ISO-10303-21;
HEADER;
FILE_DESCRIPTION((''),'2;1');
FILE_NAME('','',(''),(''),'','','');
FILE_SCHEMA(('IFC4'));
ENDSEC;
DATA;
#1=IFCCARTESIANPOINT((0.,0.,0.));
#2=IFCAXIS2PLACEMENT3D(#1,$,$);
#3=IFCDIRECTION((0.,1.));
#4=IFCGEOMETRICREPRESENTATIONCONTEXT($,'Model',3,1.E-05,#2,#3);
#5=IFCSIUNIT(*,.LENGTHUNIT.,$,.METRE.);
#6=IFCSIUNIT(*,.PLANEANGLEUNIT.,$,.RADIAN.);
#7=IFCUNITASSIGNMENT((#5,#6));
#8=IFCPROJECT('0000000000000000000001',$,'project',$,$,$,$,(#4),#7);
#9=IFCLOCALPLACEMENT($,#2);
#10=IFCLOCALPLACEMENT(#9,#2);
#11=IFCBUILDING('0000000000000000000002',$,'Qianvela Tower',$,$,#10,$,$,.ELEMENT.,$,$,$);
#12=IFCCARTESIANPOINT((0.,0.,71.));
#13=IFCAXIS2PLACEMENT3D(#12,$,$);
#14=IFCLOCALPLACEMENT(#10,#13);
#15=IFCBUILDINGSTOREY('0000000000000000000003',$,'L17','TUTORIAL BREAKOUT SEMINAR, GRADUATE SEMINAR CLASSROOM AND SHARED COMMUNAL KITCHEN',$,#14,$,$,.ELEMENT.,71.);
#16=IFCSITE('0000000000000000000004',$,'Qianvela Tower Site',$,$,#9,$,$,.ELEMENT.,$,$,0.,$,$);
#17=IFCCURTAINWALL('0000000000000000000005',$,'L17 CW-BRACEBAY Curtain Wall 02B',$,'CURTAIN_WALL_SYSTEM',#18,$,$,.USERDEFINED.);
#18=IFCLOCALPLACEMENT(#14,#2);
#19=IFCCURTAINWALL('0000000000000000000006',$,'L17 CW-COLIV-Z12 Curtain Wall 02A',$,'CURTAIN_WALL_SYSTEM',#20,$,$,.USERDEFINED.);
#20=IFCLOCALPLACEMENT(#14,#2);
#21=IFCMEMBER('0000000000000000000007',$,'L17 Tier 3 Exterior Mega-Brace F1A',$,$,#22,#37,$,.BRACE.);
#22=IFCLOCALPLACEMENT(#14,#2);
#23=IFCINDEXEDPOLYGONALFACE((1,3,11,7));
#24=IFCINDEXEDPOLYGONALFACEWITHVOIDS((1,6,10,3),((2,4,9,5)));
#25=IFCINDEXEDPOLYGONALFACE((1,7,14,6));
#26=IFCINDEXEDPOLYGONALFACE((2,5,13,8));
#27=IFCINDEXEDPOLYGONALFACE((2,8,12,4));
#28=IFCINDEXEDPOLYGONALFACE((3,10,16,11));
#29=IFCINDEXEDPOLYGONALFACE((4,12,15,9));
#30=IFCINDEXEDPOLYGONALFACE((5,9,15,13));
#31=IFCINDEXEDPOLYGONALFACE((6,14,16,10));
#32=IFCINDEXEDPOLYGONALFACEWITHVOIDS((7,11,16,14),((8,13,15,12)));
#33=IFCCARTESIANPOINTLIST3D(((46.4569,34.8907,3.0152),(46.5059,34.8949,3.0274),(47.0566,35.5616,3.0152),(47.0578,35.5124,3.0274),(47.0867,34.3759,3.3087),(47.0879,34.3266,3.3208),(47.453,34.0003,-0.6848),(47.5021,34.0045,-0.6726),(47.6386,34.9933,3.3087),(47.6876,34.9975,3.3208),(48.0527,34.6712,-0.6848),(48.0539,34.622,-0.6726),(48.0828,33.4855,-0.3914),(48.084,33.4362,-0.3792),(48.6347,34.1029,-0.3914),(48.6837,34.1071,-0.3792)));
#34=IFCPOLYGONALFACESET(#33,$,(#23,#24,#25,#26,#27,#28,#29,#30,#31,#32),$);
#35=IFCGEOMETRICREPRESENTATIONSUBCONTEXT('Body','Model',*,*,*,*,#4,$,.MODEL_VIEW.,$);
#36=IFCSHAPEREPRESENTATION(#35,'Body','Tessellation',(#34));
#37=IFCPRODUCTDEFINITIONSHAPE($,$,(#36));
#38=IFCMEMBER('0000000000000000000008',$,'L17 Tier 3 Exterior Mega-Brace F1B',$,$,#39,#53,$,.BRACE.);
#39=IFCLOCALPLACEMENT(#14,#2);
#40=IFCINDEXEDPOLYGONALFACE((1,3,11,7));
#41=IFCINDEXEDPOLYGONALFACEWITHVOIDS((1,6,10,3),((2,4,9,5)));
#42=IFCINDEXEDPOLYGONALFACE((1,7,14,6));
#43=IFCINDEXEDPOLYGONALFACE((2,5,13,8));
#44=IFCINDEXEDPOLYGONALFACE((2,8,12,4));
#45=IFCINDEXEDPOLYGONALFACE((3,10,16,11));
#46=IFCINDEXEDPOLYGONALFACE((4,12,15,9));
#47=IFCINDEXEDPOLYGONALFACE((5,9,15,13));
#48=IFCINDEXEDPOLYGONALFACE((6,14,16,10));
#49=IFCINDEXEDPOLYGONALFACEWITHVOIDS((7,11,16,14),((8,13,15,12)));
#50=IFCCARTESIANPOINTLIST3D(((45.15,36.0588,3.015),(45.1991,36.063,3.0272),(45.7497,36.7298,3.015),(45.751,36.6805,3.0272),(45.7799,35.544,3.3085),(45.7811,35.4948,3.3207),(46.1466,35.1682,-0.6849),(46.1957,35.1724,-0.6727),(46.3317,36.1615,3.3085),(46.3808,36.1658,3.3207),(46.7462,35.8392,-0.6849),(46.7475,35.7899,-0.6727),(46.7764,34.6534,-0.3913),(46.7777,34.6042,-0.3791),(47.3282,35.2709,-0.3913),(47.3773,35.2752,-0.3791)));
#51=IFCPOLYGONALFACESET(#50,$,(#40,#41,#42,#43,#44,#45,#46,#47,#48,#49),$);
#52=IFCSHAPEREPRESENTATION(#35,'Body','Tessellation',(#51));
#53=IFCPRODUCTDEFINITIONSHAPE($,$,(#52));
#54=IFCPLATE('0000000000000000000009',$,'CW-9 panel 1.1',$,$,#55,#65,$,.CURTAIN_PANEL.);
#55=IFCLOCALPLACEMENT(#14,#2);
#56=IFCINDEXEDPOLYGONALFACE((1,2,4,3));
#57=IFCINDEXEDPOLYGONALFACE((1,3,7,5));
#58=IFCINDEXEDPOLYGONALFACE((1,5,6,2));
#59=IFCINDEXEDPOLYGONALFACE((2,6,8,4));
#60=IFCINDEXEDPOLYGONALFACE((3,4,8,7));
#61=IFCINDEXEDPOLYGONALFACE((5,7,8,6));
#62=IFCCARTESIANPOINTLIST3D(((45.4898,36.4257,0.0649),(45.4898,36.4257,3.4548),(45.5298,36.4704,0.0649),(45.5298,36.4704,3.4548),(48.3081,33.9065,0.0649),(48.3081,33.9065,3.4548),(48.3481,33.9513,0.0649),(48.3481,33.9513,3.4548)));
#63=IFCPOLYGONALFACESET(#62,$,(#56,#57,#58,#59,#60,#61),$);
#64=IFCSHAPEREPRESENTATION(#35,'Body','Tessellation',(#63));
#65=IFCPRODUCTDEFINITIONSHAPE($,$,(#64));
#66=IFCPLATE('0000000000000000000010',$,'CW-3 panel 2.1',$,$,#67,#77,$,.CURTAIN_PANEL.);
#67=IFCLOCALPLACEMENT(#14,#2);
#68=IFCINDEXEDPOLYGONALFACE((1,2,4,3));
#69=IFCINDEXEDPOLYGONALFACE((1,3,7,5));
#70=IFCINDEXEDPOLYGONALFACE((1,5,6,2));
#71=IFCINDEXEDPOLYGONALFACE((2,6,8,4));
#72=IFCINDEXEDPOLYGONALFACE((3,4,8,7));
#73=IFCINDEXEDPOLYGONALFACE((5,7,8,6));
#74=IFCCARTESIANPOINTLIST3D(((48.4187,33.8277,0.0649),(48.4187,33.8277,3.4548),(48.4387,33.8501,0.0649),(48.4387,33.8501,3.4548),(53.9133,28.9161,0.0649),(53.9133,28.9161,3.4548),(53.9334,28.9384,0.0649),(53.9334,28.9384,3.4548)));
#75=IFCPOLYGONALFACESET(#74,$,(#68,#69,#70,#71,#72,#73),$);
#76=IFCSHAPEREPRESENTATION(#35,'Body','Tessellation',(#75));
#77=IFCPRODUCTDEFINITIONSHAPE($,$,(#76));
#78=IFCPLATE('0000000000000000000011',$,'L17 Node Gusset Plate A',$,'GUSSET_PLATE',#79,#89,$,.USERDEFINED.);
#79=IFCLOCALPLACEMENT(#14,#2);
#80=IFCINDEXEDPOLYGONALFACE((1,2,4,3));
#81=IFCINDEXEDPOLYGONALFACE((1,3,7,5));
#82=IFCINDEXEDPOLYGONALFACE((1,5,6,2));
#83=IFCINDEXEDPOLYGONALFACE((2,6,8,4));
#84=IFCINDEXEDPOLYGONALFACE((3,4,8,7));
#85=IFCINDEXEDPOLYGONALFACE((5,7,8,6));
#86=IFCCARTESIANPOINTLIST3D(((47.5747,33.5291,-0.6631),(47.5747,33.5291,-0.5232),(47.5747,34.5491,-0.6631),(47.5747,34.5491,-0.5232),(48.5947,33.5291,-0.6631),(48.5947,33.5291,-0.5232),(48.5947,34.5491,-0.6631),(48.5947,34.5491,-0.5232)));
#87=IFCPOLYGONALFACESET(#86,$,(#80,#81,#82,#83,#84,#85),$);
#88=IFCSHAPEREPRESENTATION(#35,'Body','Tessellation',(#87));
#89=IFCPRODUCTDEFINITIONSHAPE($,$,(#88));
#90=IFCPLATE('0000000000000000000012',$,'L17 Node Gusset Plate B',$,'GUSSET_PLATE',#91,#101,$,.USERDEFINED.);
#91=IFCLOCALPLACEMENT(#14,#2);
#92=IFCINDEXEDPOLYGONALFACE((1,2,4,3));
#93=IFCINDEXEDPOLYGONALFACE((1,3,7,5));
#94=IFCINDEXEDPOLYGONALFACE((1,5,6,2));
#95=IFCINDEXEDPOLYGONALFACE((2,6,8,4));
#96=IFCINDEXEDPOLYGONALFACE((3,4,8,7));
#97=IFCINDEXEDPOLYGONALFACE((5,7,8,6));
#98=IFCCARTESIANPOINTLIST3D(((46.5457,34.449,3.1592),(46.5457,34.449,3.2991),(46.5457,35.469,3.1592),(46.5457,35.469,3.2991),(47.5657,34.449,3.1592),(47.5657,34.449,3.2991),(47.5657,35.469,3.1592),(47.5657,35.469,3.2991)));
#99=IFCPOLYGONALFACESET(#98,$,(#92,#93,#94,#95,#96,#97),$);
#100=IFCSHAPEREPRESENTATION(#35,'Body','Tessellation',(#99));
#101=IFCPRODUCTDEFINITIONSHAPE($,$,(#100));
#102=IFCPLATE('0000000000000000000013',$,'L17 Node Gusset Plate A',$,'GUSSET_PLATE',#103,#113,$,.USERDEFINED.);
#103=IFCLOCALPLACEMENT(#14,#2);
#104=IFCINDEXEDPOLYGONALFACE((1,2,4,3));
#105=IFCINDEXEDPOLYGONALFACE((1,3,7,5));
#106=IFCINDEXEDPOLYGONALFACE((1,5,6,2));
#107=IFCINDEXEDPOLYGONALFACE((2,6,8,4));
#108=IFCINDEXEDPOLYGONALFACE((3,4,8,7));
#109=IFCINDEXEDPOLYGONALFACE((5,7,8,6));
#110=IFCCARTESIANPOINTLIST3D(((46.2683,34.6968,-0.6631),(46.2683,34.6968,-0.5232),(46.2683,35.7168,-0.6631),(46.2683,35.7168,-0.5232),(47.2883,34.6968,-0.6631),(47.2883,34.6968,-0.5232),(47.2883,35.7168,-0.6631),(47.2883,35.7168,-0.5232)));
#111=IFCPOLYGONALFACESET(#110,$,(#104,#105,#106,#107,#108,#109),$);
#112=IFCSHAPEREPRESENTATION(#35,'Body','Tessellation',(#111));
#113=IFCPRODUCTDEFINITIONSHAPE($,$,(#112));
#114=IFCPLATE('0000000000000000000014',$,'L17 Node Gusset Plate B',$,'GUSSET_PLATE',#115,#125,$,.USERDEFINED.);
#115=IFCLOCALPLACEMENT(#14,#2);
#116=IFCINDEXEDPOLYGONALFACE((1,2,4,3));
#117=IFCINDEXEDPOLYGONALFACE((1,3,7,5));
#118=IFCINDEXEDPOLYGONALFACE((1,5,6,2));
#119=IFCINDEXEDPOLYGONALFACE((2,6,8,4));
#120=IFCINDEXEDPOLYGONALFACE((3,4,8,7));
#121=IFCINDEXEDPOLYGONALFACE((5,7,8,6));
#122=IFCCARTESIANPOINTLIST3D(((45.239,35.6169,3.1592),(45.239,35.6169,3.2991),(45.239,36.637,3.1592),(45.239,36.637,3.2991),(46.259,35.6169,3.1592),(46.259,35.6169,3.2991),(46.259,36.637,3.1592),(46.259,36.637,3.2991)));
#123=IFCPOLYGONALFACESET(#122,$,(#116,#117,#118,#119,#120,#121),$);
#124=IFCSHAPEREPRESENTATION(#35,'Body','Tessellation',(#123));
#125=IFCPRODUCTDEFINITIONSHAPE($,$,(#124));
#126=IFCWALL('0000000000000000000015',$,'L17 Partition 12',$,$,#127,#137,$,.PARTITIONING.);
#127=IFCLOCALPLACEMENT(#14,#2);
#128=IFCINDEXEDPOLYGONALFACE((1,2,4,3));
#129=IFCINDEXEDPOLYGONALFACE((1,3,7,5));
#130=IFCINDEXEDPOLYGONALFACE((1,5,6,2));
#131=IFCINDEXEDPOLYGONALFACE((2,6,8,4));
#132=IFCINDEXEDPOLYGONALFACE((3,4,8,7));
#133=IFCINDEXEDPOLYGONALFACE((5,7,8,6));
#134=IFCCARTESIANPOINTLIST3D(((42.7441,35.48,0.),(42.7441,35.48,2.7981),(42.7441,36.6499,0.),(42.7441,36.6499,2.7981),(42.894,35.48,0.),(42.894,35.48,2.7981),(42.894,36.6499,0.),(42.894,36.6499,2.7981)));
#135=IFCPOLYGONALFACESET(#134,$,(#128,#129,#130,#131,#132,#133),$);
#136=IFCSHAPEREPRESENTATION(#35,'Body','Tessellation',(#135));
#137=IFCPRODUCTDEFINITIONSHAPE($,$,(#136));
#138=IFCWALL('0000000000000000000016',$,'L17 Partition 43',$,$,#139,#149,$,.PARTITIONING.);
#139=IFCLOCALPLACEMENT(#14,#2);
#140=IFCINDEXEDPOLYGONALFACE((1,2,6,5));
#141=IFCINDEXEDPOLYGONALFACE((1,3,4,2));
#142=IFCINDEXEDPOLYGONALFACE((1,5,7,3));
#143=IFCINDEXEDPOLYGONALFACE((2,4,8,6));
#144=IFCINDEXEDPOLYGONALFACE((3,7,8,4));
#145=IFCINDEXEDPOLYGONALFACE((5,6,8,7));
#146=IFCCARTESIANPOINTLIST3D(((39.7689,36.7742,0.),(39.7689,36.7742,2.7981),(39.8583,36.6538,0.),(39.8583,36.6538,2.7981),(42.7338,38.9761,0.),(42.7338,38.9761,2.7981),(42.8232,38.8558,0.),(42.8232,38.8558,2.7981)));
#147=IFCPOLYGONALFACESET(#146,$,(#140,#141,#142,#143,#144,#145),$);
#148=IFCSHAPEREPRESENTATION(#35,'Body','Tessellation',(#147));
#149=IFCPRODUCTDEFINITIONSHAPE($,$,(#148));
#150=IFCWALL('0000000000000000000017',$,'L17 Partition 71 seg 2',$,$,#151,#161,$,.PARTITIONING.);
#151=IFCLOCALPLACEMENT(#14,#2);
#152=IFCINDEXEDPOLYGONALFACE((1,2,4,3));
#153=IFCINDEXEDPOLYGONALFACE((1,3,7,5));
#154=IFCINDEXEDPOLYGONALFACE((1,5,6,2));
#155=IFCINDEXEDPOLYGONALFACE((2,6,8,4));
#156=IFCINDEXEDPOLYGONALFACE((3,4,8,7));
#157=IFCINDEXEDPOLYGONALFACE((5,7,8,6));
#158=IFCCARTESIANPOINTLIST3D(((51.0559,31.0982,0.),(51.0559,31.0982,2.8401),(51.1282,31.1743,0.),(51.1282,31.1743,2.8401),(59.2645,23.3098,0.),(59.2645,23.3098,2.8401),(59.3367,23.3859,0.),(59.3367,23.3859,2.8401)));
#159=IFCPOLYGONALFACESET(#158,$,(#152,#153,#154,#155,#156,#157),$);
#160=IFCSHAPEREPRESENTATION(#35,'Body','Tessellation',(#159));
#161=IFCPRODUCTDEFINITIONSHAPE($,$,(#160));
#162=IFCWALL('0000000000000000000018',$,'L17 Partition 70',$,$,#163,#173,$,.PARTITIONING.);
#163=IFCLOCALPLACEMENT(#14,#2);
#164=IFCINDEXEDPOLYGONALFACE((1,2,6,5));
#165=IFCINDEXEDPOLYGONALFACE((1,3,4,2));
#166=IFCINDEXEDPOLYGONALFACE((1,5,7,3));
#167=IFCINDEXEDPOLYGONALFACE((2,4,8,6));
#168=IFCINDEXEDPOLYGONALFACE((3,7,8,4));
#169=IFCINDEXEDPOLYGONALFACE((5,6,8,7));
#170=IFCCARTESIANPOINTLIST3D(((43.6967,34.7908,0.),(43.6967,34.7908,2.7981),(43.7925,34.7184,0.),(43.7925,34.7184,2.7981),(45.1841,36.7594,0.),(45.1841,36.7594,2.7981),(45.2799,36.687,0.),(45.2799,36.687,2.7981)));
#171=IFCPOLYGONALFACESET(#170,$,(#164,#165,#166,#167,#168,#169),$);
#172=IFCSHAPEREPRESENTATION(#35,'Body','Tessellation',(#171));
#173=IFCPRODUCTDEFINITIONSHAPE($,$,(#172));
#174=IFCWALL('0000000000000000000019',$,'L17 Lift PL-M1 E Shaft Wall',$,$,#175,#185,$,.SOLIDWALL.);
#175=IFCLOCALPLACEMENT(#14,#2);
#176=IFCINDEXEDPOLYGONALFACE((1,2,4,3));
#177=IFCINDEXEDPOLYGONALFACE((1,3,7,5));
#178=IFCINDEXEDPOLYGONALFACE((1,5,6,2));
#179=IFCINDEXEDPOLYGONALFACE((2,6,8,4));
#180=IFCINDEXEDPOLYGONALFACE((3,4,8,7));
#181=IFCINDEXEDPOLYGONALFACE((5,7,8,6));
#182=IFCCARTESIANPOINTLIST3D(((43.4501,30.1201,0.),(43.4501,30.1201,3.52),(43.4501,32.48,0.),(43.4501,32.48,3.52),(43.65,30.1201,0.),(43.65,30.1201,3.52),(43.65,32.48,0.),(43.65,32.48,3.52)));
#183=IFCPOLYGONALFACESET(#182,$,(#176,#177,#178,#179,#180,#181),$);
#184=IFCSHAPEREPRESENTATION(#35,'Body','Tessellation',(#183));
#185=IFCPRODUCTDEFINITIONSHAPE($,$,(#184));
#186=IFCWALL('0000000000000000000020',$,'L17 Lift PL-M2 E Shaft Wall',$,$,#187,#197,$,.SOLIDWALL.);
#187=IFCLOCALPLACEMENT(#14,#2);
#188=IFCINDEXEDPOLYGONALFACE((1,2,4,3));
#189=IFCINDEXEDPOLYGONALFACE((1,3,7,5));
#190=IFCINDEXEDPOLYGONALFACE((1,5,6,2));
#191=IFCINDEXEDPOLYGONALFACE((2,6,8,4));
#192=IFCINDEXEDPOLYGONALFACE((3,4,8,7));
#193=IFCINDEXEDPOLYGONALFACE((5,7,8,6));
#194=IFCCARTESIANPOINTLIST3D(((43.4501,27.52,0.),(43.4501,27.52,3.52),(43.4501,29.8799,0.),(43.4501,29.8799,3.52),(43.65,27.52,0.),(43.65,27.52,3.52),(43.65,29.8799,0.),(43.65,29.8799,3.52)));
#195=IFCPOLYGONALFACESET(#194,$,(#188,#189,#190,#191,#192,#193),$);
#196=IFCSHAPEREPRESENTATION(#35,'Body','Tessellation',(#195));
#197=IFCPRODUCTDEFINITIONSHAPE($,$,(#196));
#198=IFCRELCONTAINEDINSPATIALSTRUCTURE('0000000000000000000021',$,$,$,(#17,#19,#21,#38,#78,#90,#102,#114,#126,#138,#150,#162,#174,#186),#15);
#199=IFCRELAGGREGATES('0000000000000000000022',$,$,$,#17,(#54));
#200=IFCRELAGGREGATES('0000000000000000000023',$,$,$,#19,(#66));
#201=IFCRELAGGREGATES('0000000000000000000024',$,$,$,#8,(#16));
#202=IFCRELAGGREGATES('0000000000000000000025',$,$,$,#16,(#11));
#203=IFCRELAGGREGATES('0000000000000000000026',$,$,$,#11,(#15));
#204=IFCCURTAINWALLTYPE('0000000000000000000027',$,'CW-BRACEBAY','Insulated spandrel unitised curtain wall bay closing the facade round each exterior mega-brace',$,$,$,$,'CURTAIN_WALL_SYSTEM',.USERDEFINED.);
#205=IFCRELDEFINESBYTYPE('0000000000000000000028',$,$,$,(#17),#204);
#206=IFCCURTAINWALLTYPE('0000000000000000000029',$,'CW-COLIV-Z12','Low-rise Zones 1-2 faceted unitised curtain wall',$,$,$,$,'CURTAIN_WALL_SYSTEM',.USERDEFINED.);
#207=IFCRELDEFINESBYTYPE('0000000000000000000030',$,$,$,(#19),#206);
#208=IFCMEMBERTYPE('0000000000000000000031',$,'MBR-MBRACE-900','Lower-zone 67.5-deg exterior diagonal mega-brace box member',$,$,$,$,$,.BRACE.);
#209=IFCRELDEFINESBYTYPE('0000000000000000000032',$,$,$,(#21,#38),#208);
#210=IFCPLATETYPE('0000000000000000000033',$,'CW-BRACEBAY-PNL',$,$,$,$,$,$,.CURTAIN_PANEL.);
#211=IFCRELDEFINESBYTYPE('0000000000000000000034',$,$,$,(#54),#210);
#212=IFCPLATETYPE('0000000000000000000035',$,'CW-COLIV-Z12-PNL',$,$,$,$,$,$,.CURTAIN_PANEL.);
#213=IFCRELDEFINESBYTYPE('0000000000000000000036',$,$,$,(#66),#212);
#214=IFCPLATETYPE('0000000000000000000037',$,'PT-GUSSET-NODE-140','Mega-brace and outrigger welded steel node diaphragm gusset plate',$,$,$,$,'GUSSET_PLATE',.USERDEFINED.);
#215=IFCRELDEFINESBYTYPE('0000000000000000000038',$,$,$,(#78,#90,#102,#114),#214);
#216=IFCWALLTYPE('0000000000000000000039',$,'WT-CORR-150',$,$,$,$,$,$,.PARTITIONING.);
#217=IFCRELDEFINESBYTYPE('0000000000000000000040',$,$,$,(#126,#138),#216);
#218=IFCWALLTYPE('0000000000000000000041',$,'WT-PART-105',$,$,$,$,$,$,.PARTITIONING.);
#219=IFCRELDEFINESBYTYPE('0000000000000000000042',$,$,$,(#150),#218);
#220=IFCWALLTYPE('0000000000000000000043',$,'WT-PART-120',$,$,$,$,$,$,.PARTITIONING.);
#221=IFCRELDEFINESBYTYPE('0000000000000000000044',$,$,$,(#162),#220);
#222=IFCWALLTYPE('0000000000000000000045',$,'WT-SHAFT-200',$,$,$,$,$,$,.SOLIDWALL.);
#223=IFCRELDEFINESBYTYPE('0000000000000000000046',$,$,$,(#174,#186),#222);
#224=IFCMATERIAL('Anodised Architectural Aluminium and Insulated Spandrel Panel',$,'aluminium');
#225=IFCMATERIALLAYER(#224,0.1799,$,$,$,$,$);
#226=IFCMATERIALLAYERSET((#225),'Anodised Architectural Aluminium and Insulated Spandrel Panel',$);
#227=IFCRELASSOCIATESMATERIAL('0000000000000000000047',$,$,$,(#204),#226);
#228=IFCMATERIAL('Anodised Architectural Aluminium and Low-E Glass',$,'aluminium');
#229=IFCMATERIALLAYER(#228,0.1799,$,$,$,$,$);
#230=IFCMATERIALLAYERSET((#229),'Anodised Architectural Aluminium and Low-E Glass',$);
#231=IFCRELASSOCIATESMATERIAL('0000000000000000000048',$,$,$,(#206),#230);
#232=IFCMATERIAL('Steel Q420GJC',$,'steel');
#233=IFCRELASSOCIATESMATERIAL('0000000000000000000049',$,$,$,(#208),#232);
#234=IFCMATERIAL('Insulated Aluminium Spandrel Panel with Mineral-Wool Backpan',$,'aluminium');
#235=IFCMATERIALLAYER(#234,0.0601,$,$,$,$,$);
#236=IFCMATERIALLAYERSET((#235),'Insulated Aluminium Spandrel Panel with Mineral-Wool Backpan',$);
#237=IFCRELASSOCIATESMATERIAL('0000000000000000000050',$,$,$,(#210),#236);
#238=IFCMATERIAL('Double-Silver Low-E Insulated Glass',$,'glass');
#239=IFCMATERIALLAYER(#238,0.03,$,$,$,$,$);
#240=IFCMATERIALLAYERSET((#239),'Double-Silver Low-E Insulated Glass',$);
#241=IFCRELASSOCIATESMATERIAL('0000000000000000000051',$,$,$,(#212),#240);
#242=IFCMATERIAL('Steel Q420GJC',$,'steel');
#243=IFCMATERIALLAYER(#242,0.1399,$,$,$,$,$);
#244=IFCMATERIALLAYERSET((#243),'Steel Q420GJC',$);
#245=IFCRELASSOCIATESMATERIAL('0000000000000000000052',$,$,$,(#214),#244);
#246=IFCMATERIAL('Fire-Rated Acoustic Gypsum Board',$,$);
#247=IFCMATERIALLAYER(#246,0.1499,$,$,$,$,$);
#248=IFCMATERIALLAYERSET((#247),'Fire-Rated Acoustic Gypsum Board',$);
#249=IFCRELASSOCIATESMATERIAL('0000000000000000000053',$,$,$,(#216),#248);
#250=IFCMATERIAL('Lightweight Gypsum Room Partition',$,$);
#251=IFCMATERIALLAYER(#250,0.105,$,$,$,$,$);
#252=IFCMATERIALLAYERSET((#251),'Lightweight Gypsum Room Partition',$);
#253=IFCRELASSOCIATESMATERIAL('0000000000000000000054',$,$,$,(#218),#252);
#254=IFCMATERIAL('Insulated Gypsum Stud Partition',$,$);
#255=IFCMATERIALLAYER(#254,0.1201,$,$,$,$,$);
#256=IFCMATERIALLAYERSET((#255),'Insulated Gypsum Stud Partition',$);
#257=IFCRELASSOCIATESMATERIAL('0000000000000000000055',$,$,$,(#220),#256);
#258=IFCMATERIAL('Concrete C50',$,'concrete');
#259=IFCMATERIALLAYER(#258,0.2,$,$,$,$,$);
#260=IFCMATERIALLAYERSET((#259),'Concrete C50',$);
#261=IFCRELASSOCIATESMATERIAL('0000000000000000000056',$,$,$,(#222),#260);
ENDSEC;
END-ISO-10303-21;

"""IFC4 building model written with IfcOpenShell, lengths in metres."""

from ifc_helpers import new_model, si_unit, direction, frame, frame_2d, origin, origin_2d, place, context, subcontext, project, spatial, rectangle, hollow_rectangle, extrude, material, layer, layer_set, material_profile, profile_set, type_object, element, aggregate, save


model = new_model("IFC4")

# Units and contexts
model_context = context("Model", 3, precision=1e-05, world=origin(), true_north=direction((0.0, 1.0)))
body_context = subcontext(model_context, "Body", "Model", "MODEL_VIEW")
ifc_project = project(units=[si_unit("LENGTHUNIT", "METRE"), si_unit("PLANEANGLEUNIT", "RADIAN")], contexts=[model_context])

# Site, building, storey
site_placement = place(None, origin())
site = spatial("IfcSite", under=ifc_project, at=site_placement, Name="Qianvela Tower Site", CompositionType="ELEMENT", RefElevation=0.0)
building_placement = place(site_placement, origin())
building = spatial("IfcBuilding", under=site, at=building_placement, Name="Qianvela Tower", CompositionType="ELEMENT")
storey_placement = place(building_placement, frame((0.0, 0.0, 71.0)))
storey = spatial("IfcBuildingStorey", under=building, at=storey_placement, Name="L17", Description="TUTORIAL BREAKOUT SEMINAR, GRADUATE SEMINAR CLASSROOM AND SHARED COMMUNAL KITCHEN", CompositionType="ELEMENT", Elevation=71.0)

# Curtain walls
ifc_material_1 = material(Name="Anodised Architectural Aluminium and Insulated Spandrel Panel", Category="aluminium")
ifc_layer_1 = layer(ifc_material_1, 0.1799)
ifc_layer_set_1 = layer_set([ifc_layer_1], Name="Anodised Architectural Aluminium and Insulated Spandrel Panel")
curtain_wall_type_1 = type_object("IfcCurtainWallType", Name="CW-BRACEBAY", Description="Insulated spandrel unitised curtain wall bay closing the facade round each exterior mega-brace", ElementType="CURTAIN_WALL_SYSTEM", PredefinedType="USERDEFINED", material=ifc_layer_set_1)
curtain_wall_1_placement = place(storey_placement, origin())
curtain_wall_1 = element("IfcCurtainWall", 1, at=curtain_wall_1_placement, inside=storey, type_object=curtain_wall_type_1, Name="L17 CW-BRACEBAY Curtain Wall 02B", ObjectType="CURTAIN_WALL_SYSTEM", PredefinedType="USERDEFINED")
ifc_material_2 = material(Name="Anodised Architectural Aluminium and Low-E Glass", Category="aluminium")
ifc_layer_2 = layer(ifc_material_2, 0.1799)
ifc_layer_set_2 = layer_set([ifc_layer_2], Name="Anodised Architectural Aluminium and Low-E Glass")
curtain_wall_type_2 = type_object("IfcCurtainWallType", Name="CW-COLIV-Z12", Description="Low-rise Zones 1-2 faceted unitised curtain wall", ElementType="CURTAIN_WALL_SYSTEM", PredefinedType="USERDEFINED", material=ifc_layer_set_2)
curtain_wall_2_placement = place(storey_placement, origin())
curtain_wall_2 = element("IfcCurtainWall", 2, at=curtain_wall_2_placement, inside=storey, type_object=curtain_wall_type_2, Name="L17 CW-COLIV-Z12 Curtain Wall 02A", ObjectType="CURTAIN_WALL_SYSTEM", PredefinedType="USERDEFINED")

# Members
ifc_material_3 = material(Name="Steel Q420GJC", Category="steel")
ifc_material_profile_1 = material_profile(ifc_material_3, hollow_rectangle(XDim=0.8999, YDim=0.8999, WallThickness=0.0359, at=origin_2d()), Name="MBOX-900x900x36")
ifc_profile_set_1 = profile_set([ifc_material_profile_1], Name="Steel Q420GJC")
member_type_1 = type_object("IfcMemberType", Name="MBR-MBRACE-900", Description="Lower-zone 67.5-deg exterior diagonal mega-brace box member", PredefinedType="BRACE", material=ifc_profile_set_1)
for number, where, z_axis, x_axis, name in (
    (3, (48.0684, 34.0537, -0.532), (-0.253215, 0.226342, 0.940559), (-0.666437, -0.745561, 0.0), "L17 Tier 3 Exterior Mega-Brace F1A"),
    (4, (46.762, 35.2217, -0.532), (-0.253328, 0.226394, 0.940516), (-0.666357, -0.745633, 0.0), "L17 Tier 3 Exterior Mega-Brace F1B"),
):
    element("IfcMember", number, at=place(storey_placement, frame(where, z_axis=z_axis, x_axis=x_axis)), inside=storey, type_object=member_type_1, Name=name, PredefinedType="BRACE", context=body_context, shape_type="SweptSolid", body=[
        extrude(hollow_rectangle(XDim=0.8999, YDim=0.8999, WallThickness=0.0359, at=origin_2d()), origin(), (0.0, 0.0, 1.0), 3.9338),
    ])

# Plates
ifc_material_4 = material(Name="Insulated Aluminium Spandrel Panel with Mineral-Wool Backpan", Category="aluminium")
ifc_layer_3 = layer(ifc_material_4, 0.0601)
ifc_layer_set_3 = layer_set([ifc_layer_3], Name="Insulated Aluminium Spandrel Panel with Mineral-Wool Backpan")
plate_type_1 = type_object("IfcPlateType", Name="CW-BRACEBAY-PNL", PredefinedType="CURTAIN_PANEL", material=ifc_layer_set_3)
plate_1_placement = place(storey_placement, frame((46.9189, 35.1885, 0.0649), z_axis=(0.0, 0.0, 1.0), x_axis=(-0.745564, 0.666434, 0.0)))
plate_1 = element("IfcPlate", 5, at=plate_1_placement, type_object=plate_type_1, Name="CW-9 panel 1.1", PredefinedType="CURTAIN_PANEL", context=body_context, shape_type="SweptSolid", body=[
    extrude(rectangle(XDim=3.78, YDim=0.0601, at=origin_2d()), origin(), (0.0, 0.0, 1.0), 3.3899),
])
aggregate(curtain_wall_1, [plate_1])
ifc_material_5 = material(Name="Double-Silver Low-E Insulated Glass", Category="glass")
ifc_layer_4 = layer(ifc_material_5, 0.03)
ifc_layer_set_4 = layer_set([ifc_layer_4], Name="Double-Silver Low-E Insulated Glass")
plate_type_2 = type_object("IfcPlateType", Name="CW-COLIV-Z12-PNL", PredefinedType="CURTAIN_PANEL", material=ifc_layer_set_4)
plate_2_placement = place(storey_placement, frame((51.176, 31.3831, 0.0649), z_axis=(0.0, 0.0, 1.0), x_axis=(-0.745555, 0.666444, 0.0)))
plate_2 = element("IfcPlate", 6, at=plate_2_placement, type_object=plate_type_2, Name="CW-3 panel 2.1", PredefinedType="CURTAIN_PANEL", context=body_context, shape_type="SweptSolid", body=[
    extrude(rectangle(XDim=7.3699, YDim=0.03, at=origin_2d()), origin(), (0.0, 0.0, 1.0), 3.3899),
])
aggregate(curtain_wall_2, [plate_2])

# Plates
ifc_material_6 = material(Name="Steel Q420GJC", Category="steel")
ifc_layer_5 = layer(ifc_material_6, 0.1399)
ifc_layer_set_5 = layer_set([ifc_layer_5], Name="Steel Q420GJC")
plate_type_3 = type_object("IfcPlateType", Name="PT-GUSSET-NODE-140", Description="Mega-brace and outrigger welded steel node diaphragm gusset plate", ElementType="GUSSET_PLATE", PredefinedType="USERDEFINED", material=ifc_layer_set_5)
for number, where, z_axis, x_axis, name in (
    (7, (48.0847, 34.0391, -0.6631), (0.0, 0.0, 1.0), (1.0, 0.0, 0.0), "L17 Node Gusset Plate A"),
    (8, (47.0557, 34.959, 3.1592), (0.0, 0.0, 1.0), (1.0, 0.0, 0.0), "L17 Node Gusset Plate B"),
    (9, (46.7783, 35.2068, -0.6631), (0.0, 0.0, 1.0), (1.0, 0.0, 0.0), "L17 Node Gusset Plate A"),
    (10, (45.749, 36.127, 3.1592), (0.0, 0.0, 1.0), (1.0, 0.0, 0.0), "L17 Node Gusset Plate B"),
):
    element("IfcPlate", number, at=place(storey_placement, frame(where, z_axis=z_axis, x_axis=x_axis)), inside=storey, type_object=plate_type_3, Name=name, ObjectType="GUSSET_PLATE", PredefinedType="USERDEFINED", context=body_context, shape_type="SweptSolid", body=[
        extrude(rectangle(XDim=1.02, YDim=1.02, at=origin_2d()), origin(), (0.0, 0.0, 1.0), 0.1399),
    ])

# Walls
ifc_material_7 = material(Name="Fire-Rated Acoustic Gypsum Board")
ifc_layer_6 = layer(ifc_material_7, 0.1499)
ifc_layer_set_6 = layer_set([ifc_layer_6], Name="Fire-Rated Acoustic Gypsum Board")
wall_type_1 = type_object("IfcWallType", Name="WT-CORR-150", PredefinedType="PARTITIONING", material=ifc_layer_set_6)
wall_1_placement = place(storey_placement, frame((42.8191, 36.6499, 0.0), z_axis=(0.0, 0.0, 1.0), x_axis=(0.0, -1.0, 0.0)))
element("IfcWall", 11, at=wall_1_placement, inside=storey, type_object=wall_type_1, Name="L17 Partition 12", PredefinedType="PARTITIONING", context=body_context, shape_type="SweptSolid", body=[
    extrude(rectangle(XDim=1.1699, YDim=0.1499, at=frame_2d((0.585, 0.0))), origin(), (0.0, 0.0, 1.0), 2.7981),
])
wall_2_placement = place(storey_placement, frame((42.7786, 38.916, 0.0), z_axis=(0.0, 0.0, 1.0), x_axis=(-0.802815, -0.596228, 0.0)))
element("IfcWall", 12, at=wall_2_placement, inside=storey, type_object=wall_type_1, Name="L17 Partition 43", PredefinedType="PARTITIONING", context=body_context, shape_type="SweptSolid", body=[
    extrude(rectangle(XDim=3.6931, YDim=0.1499, at=frame_2d((1.8467, 0.0))), origin(), (0.0, 0.0, 1.0), 2.7981),
])
ifc_material_8 = material(Name="Lightweight Gypsum Room Partition")
ifc_layer_7 = layer(ifc_material_8, 0.105)
ifc_layer_set_7 = layer_set([ifc_layer_7], Name="Lightweight Gypsum Room Partition")
wall_type_2 = type_object("IfcWallType", Name="WT-PART-105", PredefinedType="PARTITIONING", material=ifc_layer_set_7)
wall_3_placement = place(storey_placement, frame((51.092, 31.1362, 0.0), z_axis=(0.0, 0.0, 1.0), x_axis=(0.725429, -0.688297, 0.0)))
element("IfcWall", 13, at=wall_3_placement, inside=storey, type_object=wall_type_2, Name="L17 Partition 71 seg 2", PredefinedType="PARTITIONING", context=body_context, shape_type="SweptSolid", body=[
    extrude(rectangle(XDim=11.3154, YDim=0.105, at=frame_2d((5.6577, 0.0))), origin(), (0.0, 0.0, 1.0), 2.8401),
])
ifc_material_9 = material(Name="Insulated Gypsum Stud Partition")
ifc_layer_8 = layer(ifc_material_9, 0.1201)
ifc_layer_set_8 = layer_set([ifc_layer_8], Name="Insulated Gypsum Stud Partition")
wall_type_3 = type_object("IfcWallType", Name="WT-PART-120", PredefinedType="PARTITIONING", material=ifc_layer_set_8)
wall_4_placement = place(storey_placement, frame((43.7446, 34.7546, 0.0), z_axis=(0.0, 0.0, 1.0), x_axis=(0.60283, 0.797869, 0.0)))
element("IfcWall", 14, at=wall_4_placement, inside=storey, type_object=wall_type_3, Name="L17 Partition 70", PredefinedType="PARTITIONING", context=body_context, shape_type="SweptSolid", body=[
    extrude(rectangle(XDim=2.4673, YDim=0.1201, at=frame_2d((1.2336, 0.0))), origin(), (0.0, 0.0, 1.0), 2.7981),
])
ifc_material_10 = material(Name="Concrete C50", Category="concrete")
ifc_layer_9 = layer(ifc_material_10, 0.2)
ifc_layer_set_9 = layer_set([ifc_layer_9], Name="Concrete C50")
wall_type_4 = type_object("IfcWallType", Name="WT-SHAFT-200", PredefinedType="SOLIDWALL", material=ifc_layer_set_9)
for number, where, z_axis, x_axis, name in (
    (15, (43.55, 30.1201, 0.0), (0.0, 0.0, 1.0), (0.0, 1.0, 0.0), "L17 Lift PL-M1 E Shaft Wall"),
    (16, (43.55, 27.52, 0.0), (0.0, 0.0, 1.0), (0.0, 1.0, 0.0), "L17 Lift PL-M2 E Shaft Wall"),
):
    element("IfcWall", number, at=place(storey_placement, frame(where, z_axis=z_axis, x_axis=x_axis)), inside=storey, type_object=wall_type_4, Name=name, PredefinedType="SOLIDWALL", context=body_context, shape_type="SweptSolid", body=[
        extrude(rectangle(XDim=2.3599, YDim=0.2, at=frame_2d((1.1799, 0.0))), origin(), (0.0, 0.0, 1.0), 3.52),
    ])

save(model, "model.ifc")
